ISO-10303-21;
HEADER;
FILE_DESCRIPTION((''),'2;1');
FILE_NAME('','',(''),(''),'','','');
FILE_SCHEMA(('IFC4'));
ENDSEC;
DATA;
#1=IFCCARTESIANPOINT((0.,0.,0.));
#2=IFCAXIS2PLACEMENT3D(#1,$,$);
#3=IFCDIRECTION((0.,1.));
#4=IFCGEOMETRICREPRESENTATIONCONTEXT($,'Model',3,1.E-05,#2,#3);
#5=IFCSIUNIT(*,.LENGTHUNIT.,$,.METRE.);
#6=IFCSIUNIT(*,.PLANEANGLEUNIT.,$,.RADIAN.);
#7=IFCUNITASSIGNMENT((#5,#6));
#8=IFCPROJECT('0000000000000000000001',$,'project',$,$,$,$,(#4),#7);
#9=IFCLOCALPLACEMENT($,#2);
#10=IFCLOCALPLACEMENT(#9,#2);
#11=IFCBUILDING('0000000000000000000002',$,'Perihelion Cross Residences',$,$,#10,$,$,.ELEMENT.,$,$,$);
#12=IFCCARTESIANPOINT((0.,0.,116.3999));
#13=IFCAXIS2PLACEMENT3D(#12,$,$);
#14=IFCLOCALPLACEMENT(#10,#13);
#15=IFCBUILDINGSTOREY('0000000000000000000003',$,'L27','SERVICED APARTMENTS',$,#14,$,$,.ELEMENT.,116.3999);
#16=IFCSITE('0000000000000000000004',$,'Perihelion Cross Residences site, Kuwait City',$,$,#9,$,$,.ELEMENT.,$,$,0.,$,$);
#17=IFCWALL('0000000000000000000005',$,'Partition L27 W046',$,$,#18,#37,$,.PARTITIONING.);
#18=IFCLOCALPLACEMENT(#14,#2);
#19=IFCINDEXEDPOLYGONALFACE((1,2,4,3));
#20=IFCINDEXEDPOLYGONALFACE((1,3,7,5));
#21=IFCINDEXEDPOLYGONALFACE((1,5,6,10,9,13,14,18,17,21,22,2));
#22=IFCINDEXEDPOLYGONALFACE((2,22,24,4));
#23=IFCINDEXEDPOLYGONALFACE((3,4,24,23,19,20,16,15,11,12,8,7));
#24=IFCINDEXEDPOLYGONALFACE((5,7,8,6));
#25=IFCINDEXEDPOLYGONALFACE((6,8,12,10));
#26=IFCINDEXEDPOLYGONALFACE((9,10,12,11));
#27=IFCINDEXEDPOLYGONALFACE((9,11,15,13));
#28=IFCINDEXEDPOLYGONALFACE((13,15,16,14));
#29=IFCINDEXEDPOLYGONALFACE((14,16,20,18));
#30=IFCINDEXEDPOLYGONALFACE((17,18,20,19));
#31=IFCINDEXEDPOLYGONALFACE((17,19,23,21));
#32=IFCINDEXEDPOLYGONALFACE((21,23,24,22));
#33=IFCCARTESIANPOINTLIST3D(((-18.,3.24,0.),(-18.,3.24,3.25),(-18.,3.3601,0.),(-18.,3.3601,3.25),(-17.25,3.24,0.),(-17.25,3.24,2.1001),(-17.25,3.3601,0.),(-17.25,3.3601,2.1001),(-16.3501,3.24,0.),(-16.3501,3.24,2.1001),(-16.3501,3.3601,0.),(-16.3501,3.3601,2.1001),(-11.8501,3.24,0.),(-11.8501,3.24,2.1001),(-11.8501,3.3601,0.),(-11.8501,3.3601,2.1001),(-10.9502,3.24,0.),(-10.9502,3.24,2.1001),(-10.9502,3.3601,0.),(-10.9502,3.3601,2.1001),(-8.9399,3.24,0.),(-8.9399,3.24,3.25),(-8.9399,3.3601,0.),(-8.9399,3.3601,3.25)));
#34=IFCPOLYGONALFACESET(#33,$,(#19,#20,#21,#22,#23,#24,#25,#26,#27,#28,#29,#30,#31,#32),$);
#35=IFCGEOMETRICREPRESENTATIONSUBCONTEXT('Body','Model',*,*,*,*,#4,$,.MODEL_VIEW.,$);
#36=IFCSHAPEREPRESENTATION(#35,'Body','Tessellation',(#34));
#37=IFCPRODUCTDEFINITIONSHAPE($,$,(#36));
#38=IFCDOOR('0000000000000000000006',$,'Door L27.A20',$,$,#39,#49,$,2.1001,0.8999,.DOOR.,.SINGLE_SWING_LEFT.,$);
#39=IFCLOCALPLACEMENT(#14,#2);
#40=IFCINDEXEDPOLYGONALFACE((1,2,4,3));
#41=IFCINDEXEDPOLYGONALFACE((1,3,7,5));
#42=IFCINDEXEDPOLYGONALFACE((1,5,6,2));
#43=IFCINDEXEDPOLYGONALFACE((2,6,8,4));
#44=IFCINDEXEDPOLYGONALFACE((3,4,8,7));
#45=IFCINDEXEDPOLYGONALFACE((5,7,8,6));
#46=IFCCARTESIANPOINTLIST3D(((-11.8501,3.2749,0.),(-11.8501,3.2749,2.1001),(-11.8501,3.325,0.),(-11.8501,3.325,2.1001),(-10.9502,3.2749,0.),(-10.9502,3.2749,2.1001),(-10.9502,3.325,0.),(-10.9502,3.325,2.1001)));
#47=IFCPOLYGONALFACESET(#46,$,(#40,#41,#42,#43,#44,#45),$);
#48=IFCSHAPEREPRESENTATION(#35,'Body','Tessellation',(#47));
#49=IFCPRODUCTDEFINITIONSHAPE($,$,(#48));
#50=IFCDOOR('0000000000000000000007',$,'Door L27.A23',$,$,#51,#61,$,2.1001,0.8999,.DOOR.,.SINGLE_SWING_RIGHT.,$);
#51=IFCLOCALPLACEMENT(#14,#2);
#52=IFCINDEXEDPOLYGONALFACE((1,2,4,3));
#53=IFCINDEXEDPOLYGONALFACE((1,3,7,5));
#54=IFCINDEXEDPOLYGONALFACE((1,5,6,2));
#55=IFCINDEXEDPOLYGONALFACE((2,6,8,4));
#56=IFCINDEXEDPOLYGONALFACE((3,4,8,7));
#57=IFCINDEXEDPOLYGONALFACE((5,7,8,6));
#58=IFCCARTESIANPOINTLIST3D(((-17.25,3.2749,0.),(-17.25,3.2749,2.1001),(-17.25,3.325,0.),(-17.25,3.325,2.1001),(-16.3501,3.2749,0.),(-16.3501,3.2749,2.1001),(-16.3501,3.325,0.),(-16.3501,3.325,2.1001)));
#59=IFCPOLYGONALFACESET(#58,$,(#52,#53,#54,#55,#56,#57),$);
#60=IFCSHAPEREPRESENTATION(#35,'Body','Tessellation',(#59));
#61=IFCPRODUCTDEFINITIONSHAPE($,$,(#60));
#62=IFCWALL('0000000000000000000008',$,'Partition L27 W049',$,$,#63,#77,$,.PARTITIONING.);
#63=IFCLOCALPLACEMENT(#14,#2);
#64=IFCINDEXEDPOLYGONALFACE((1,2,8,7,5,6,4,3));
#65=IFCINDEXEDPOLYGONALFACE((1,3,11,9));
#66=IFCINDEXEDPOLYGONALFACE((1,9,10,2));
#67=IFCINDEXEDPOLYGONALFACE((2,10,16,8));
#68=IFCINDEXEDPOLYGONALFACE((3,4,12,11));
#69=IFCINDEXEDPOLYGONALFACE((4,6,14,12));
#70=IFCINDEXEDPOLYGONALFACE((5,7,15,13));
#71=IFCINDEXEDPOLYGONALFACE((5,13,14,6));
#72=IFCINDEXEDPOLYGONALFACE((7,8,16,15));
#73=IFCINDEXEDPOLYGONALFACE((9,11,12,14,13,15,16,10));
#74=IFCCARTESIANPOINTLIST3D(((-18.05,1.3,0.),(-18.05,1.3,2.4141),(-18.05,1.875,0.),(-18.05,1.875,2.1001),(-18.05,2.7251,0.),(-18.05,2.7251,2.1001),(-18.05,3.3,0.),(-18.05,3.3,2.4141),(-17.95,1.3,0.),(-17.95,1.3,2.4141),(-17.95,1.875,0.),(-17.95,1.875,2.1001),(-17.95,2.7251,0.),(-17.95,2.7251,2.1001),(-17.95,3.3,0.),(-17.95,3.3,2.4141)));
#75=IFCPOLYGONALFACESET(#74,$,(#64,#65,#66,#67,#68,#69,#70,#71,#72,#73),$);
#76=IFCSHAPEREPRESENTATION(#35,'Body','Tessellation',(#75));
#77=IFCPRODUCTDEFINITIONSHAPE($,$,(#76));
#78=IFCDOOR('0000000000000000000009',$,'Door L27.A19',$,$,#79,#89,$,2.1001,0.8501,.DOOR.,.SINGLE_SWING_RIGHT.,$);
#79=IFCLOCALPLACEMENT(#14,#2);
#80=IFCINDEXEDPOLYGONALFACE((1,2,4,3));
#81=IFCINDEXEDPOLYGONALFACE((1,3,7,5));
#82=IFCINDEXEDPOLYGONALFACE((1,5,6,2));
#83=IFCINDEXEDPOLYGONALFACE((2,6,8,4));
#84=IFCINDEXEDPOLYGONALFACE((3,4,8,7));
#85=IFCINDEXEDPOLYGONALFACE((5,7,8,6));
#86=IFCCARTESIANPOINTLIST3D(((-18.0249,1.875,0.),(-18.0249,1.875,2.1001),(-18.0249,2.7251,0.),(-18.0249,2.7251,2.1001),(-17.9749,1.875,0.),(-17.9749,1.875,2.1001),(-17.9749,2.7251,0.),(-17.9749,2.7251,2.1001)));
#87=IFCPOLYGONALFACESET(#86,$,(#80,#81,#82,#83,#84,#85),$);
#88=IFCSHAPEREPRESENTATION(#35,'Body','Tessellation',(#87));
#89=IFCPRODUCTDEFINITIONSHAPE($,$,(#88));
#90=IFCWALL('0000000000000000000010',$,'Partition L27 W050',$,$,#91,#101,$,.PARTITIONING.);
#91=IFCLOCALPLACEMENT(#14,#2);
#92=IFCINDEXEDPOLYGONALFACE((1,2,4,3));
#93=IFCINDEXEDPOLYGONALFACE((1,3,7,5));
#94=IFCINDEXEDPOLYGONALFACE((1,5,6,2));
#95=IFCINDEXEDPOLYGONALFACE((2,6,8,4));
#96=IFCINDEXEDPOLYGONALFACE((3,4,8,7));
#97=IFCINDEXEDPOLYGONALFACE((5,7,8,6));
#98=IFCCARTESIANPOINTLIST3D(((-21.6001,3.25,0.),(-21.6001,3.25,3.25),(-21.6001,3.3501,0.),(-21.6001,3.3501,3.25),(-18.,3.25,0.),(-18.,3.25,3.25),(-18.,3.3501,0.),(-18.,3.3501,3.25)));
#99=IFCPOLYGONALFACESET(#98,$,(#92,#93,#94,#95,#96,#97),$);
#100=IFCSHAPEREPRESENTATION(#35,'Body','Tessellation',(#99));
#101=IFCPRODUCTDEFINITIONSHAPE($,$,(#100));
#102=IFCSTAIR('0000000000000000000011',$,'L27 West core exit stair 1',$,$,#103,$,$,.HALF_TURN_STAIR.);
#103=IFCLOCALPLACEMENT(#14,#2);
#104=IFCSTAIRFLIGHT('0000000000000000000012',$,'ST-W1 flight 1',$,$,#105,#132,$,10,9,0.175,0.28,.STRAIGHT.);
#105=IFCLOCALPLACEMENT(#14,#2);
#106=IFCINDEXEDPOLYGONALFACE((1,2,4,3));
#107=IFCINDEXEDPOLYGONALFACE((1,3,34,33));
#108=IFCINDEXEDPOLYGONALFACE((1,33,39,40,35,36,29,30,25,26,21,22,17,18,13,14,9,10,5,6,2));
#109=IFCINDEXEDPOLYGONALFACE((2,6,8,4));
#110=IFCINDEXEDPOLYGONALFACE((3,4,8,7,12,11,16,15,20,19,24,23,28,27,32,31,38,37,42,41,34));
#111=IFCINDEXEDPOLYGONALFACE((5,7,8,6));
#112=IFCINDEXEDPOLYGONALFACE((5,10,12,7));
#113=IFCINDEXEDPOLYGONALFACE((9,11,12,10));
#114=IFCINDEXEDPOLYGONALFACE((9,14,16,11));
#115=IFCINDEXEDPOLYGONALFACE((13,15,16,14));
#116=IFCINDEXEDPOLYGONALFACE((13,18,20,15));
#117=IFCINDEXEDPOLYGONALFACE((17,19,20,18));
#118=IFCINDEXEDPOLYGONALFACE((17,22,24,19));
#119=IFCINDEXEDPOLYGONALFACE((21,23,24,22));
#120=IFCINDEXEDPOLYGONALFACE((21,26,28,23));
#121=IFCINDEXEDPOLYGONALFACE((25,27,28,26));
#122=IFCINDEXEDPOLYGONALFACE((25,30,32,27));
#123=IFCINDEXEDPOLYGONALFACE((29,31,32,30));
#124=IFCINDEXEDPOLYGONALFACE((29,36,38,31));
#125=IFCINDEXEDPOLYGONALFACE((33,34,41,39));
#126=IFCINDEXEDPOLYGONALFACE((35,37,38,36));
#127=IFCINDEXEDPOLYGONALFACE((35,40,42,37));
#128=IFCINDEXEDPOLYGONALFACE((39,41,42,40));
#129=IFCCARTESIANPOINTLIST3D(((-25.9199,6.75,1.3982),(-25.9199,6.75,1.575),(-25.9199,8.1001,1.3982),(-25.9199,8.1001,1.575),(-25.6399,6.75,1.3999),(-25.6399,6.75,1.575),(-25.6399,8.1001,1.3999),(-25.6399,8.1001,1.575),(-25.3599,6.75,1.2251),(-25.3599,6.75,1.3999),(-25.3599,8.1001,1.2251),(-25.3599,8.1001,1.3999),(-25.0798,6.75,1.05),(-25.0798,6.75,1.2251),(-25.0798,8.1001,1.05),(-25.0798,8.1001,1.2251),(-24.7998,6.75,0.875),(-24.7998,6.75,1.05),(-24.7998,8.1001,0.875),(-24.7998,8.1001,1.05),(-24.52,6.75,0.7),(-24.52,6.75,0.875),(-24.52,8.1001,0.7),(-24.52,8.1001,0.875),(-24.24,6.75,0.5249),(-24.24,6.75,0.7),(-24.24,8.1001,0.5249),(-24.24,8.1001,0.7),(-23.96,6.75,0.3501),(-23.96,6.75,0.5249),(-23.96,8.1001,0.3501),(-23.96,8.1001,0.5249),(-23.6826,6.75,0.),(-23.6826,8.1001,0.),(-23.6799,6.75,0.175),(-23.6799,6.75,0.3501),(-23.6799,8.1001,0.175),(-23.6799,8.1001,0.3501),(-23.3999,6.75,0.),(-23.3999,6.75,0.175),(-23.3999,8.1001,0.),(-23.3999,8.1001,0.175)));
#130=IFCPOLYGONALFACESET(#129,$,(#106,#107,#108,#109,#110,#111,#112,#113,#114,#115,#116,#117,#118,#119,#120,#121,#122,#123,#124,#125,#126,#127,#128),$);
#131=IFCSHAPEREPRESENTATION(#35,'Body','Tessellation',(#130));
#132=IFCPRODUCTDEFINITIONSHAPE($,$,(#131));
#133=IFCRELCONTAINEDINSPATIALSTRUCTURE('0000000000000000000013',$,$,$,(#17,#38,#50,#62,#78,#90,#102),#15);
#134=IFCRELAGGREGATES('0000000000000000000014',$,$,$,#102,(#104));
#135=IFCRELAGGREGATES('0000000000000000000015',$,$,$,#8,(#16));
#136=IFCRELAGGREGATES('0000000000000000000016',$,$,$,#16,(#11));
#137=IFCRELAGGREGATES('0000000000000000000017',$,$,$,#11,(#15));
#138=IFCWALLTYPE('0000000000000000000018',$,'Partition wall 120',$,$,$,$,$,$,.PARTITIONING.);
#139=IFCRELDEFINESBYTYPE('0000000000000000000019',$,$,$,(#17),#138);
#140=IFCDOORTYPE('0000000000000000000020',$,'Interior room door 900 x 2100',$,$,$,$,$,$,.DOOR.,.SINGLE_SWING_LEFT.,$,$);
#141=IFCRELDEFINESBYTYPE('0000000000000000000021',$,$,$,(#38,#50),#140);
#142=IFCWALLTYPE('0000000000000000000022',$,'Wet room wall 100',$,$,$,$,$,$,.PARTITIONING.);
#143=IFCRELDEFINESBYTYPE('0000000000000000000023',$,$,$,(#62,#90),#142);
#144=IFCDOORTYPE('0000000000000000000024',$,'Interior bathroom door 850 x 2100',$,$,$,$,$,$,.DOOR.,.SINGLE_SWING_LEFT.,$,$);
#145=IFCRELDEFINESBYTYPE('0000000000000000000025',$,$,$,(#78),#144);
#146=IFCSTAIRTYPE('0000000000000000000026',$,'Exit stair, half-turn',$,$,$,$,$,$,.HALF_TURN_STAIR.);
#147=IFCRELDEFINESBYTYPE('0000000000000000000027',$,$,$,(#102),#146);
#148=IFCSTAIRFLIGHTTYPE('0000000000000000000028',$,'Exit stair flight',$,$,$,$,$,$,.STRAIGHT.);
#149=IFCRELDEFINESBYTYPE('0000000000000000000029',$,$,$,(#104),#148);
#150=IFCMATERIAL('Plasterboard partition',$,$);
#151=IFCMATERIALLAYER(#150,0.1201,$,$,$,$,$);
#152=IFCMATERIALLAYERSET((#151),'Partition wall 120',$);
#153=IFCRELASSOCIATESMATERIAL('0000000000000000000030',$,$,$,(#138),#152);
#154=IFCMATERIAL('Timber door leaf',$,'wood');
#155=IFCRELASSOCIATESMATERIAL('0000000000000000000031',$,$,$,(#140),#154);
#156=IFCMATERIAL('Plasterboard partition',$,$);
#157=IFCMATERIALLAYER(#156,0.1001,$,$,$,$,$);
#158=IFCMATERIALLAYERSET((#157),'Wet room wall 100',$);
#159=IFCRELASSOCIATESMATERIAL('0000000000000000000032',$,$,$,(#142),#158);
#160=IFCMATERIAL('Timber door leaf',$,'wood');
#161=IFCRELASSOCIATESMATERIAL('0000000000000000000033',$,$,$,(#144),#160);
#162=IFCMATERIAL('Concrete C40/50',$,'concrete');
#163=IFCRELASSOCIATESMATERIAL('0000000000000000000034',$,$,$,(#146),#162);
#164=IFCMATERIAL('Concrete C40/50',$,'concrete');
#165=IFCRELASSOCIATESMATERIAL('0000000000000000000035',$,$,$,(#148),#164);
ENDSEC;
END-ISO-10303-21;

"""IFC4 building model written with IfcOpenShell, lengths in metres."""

from ifc_helpers import new_model, si_unit, direction, frame, frame_2d, origin, place, context, subcontext, project, spatial, polyline, rectangle, outline, extrude, material, layer, layer_set, type_object, element, fill, aggregate, save


model = new_model("IFC4")

# Units and contexts
model_context = context("Model", 3, precision=1e-05, world=origin(), true_north=direction((0.0, 1.0)))
body_context = subcontext(model_context, "Body", "Model", "MODEL_VIEW")
ifc_project = project(units=[si_unit("LENGTHUNIT", "METRE"), si_unit("PLANEANGLEUNIT", "RADIAN")], contexts=[model_context])

# Site, building, storey
site_placement = place(None, origin())
site = spatial("IfcSite", under=ifc_project, at=site_placement, Name="Perihelion Cross Residences site, Kuwait City", CompositionType="ELEMENT", RefElevation=0.0)
building_placement = place(site_placement, origin())
building = spatial("IfcBuilding", under=site, at=building_placement, Name="Perihelion Cross Residences", CompositionType="ELEMENT")
storey_placement = place(building_placement, frame((0.0, 0.0, 116.3999)))
storey = spatial("IfcBuildingStorey", under=building, at=storey_placement, Name="L27", Description="SERVICED APARTMENTS", CompositionType="ELEMENT", Elevation=116.3999)

# Wall, openings, doors
ifc_material_1 = material(Name="Plasterboard partition")
ifc_layer_1 = layer(ifc_material_1, 0.1201)
ifc_layer_set_1 = layer_set([ifc_layer_1], Name="Partition wall 120")
wall_type_1 = type_object("IfcWallType", Name="Partition wall 120", PredefinedType="PARTITIONING", material=ifc_layer_set_1)
wall_1_placement = place(storey_placement, frame((-18.0, 3.3, 0.0), z_axis=(0.0, 0.0, 1.0), x_axis=(1.0, 0.0, 0.0)))
wall_1 = element("IfcWall", 1, at=wall_1_placement, inside=storey, type_object=wall_type_1, Name="Partition L27 W046", PredefinedType="PARTITIONING", context=body_context, shape_type="SweptSolid", body=[
    extrude(rectangle(XDim=9.0601, YDim=0.1201, at=frame_2d((4.53, 0.0))), origin(), (0.0, 0.0, 1.0), 3.25),
])
opening_1_placement = place(wall_1_placement, frame((6.1499, 0.0, 0.0)))
opening_1 = element("IfcOpeningElement", 2, at=opening_1_placement, cuts=wall_1, PredefinedType="OPENING", context=body_context, shape_type="SweptSolid", body=[
    extrude(rectangle(XDim=0.8999, YDim=2.1001, at=frame_2d((0.45, 1.05))), frame((0.0, 0.0701, 0.0), z_axis=(0.0, -1.0, 0.0), x_axis=(1.0, 0.0, 0.0)), (0.0, 0.0, 1.0), 0.1401),
])
opening_2_placement = place(wall_1_placement, frame((0.75, 0.0, 0.0)))
opening_2 = element("IfcOpeningElement", 3, at=opening_2_placement, cuts=wall_1, PredefinedType="OPENING", context=body_context, shape_type="SweptSolid", body=[
    extrude(rectangle(XDim=0.8999, YDim=2.1001, at=frame_2d((0.45, 1.05))), frame((0.0, 0.0701, 0.0), z_axis=(0.0, -1.0, 0.0), x_axis=(1.0, 0.0, 0.0)), (0.0, 0.0, 1.0), 0.1401),
])
ifc_material_2 = material(Name="Timber door leaf", Category="wood")
door_type_1 = type_object("IfcDoorType", Name="Interior room door 900 x 2100", OperationType="SINGLE_SWING_LEFT", PredefinedType="DOOR", material=ifc_material_2)
door_1_placement = place(opening_1_placement, origin())
door_1 = element("IfcDoor", 4, at=door_1_placement, inside=storey, type_object=door_type_1, Name="Door L27.A20", OperationType="SINGLE_SWING_LEFT", OverallHeight=2.1001, OverallWidth=0.8999, PredefinedType="DOOR", context=body_context, shape_type="SweptSolid", body=[
    extrude(rectangle(XDim=0.8999, YDim=2.1001, at=frame_2d((0.45, 1.05))), frame((0.0, 0.0249, 0.0), z_axis=(0.0, -1.0, 0.0), x_axis=(1.0, 0.0, 0.0)), (0.0, 0.0, 1.0), 0.05),
])
fill(opening_1, door_1)
door_2_placement = place(opening_2_placement, origin())
door_2 = element("IfcDoor", 5, at=door_2_placement, inside=storey, type_object=door_type_1, Name="Door L27.A23", OperationType="SINGLE_SWING_RIGHT", OverallHeight=2.1001, OverallWidth=0.8999, PredefinedType="DOOR", context=body_context, shape_type="SweptSolid", body=[
    extrude(rectangle(XDim=0.8999, YDim=2.1001, at=frame_2d((0.45, 1.05))), frame((0.0, 0.0249, 0.0), z_axis=(0.0, -1.0, 0.0), x_axis=(1.0, 0.0, 0.0)), (0.0, 0.0, 1.0), 0.05),
])
fill(opening_2, door_2)

# Wall, opening, door
ifc_material_3 = material(Name="Plasterboard partition")
ifc_layer_2 = layer(ifc_material_3, 0.1001)
ifc_layer_set_2 = layer_set([ifc_layer_2], Name="Wet room wall 100")
wall_type_2 = type_object("IfcWallType", Name="Wet room wall 100", PredefinedType="PARTITIONING", material=ifc_layer_set_2)
wall_2_placement = place(storey_placement, frame((-18.0, 1.3, 0.0), z_axis=(0.0, 0.0, 1.0), x_axis=(0.0, 1.0, 0.0)))
wall_2 = element("IfcWall", 6, at=wall_2_placement, inside=storey, type_object=wall_type_2, Name="Partition L27 W049", PredefinedType="PARTITIONING", context=body_context, shape_type="SweptSolid", body=[
    extrude(rectangle(XDim=2.0, YDim=0.1001, at=frame_2d((1.0, 0.0))), origin(), (0.0, 0.0, 1.0), 2.4141),
])
opening_3_placement = place(wall_2_placement, frame((0.575, 0.0, 0.0)))
opening_3 = element("IfcOpeningElement", 7, at=opening_3_placement, cuts=wall_2, PredefinedType="OPENING", context=body_context, shape_type="SweptSolid", body=[
    extrude(rectangle(XDim=0.8501, YDim=2.1001, at=frame_2d((0.425, 1.05))), frame((0.0, 0.0601, 0.0), z_axis=(0.0, -1.0, 0.0), x_axis=(1.0, 0.0, 0.0)), (0.0, 0.0, 1.0), 0.1201),
])
ifc_material_4 = material(Name="Timber door leaf", Category="wood")
door_type_2 = type_object("IfcDoorType", Name="Interior bathroom door 850 x 2100", OperationType="SINGLE_SWING_LEFT", PredefinedType="DOOR", material=ifc_material_4)
door_3_placement = place(opening_3_placement, origin())
door_3 = element("IfcDoor", 8, at=door_3_placement, inside=storey, type_object=door_type_2, Name="Door L27.A19", OperationType="SINGLE_SWING_RIGHT", OverallHeight=2.1001, OverallWidth=0.8501, PredefinedType="DOOR", context=body_context, shape_type="SweptSolid", body=[
    extrude(rectangle(XDim=0.8501, YDim=2.1001, at=frame_2d((0.425, 1.05))), frame((0.0, 0.0249, 0.0), z_axis=(0.0, -1.0, 0.0), x_axis=(1.0, 0.0, 0.0)), (0.0, 0.0, 1.0), 0.05),
])
fill(opening_3, door_3)

# Wall
wall_3_placement = place(storey_placement, frame((-21.6001, 3.3, 0.0), z_axis=(0.0, 0.0, 1.0), x_axis=(1.0, 0.0, 0.0)))
element("IfcWall", 9, at=wall_3_placement, inside=storey, type_object=wall_type_2, Name="Partition L27 W050", PredefinedType="PARTITIONING", context=body_context, shape_type="SweptSolid", body=[
    extrude(rectangle(XDim=3.6001, YDim=0.1001, at=frame_2d((1.8, 0.0))), origin(), (0.0, 0.0, 1.0), 3.25),
])

# Stair, stair flight
ifc_material_5 = material(Name="Concrete C40/50", Category="concrete")
stair_type = type_object("IfcStairType", Name="Exit stair, half-turn", PredefinedType="HALF_TURN_STAIR", material=ifc_material_5)
stair_placement = place(storey_placement, origin())
stair = element("IfcStair", 10, at=stair_placement, inside=storey, type_object=stair_type, Name="L27 West core exit stair 1", PredefinedType="HALF_TURN_STAIR")
ifc_material_6 = material(Name="Concrete C40/50", Category="concrete")
stair_flight_type = type_object("IfcStairFlightType", Name="Exit stair flight", PredefinedType="STRAIGHT", material=ifc_material_6)
stair_flight_placement = place(storey_placement, frame((-23.3999, 7.425, 0.0), z_axis=(0.0, 0.0, 1.0), x_axis=(-1.0, 0.0, 0.0)))
stair_flight = element("IfcStairFlight", 11, at=stair_flight_placement, type_object=stair_flight_type, Name="ST-W1 flight 1", NumberOfRisers=10, NumberOfTreads=9, PredefinedType="STRAIGHT", RiserHeight=0.175, TreadLength=0.28, context=body_context, shape_type="SweptSolid", body=[
    extrude(outline(polyline([(0.0, 0.0), (0.0, 0.175), (0.28, 0.175), (0.28, 0.3501), (0.5601, 0.3501), (0.5601, 0.5249), (0.8401, 0.5249), (0.8401, 0.7), (1.1201, 0.7), (1.1201, 0.875), (1.3999, 0.875), (1.3999, 1.05), (1.6799, 1.05), (1.6799, 1.2251), (1.96, 1.2251), (1.96, 1.3999), (2.24, 1.3999), (2.24, 1.575), (2.52, 1.575), (2.52, 1.75), (2.52, 1.3982), (0.2827, 0.0), (0.0, 0.0)])), frame((0.0, 0.675, 0.0), z_axis=(0.0, -1.0, 0.0), x_axis=(1.0, 0.0, 0.0)), (0.0, 0.0, 1.0), 1.3501),
])
aggregate(stair, [stair_flight])

save(model, "model.ifc")
